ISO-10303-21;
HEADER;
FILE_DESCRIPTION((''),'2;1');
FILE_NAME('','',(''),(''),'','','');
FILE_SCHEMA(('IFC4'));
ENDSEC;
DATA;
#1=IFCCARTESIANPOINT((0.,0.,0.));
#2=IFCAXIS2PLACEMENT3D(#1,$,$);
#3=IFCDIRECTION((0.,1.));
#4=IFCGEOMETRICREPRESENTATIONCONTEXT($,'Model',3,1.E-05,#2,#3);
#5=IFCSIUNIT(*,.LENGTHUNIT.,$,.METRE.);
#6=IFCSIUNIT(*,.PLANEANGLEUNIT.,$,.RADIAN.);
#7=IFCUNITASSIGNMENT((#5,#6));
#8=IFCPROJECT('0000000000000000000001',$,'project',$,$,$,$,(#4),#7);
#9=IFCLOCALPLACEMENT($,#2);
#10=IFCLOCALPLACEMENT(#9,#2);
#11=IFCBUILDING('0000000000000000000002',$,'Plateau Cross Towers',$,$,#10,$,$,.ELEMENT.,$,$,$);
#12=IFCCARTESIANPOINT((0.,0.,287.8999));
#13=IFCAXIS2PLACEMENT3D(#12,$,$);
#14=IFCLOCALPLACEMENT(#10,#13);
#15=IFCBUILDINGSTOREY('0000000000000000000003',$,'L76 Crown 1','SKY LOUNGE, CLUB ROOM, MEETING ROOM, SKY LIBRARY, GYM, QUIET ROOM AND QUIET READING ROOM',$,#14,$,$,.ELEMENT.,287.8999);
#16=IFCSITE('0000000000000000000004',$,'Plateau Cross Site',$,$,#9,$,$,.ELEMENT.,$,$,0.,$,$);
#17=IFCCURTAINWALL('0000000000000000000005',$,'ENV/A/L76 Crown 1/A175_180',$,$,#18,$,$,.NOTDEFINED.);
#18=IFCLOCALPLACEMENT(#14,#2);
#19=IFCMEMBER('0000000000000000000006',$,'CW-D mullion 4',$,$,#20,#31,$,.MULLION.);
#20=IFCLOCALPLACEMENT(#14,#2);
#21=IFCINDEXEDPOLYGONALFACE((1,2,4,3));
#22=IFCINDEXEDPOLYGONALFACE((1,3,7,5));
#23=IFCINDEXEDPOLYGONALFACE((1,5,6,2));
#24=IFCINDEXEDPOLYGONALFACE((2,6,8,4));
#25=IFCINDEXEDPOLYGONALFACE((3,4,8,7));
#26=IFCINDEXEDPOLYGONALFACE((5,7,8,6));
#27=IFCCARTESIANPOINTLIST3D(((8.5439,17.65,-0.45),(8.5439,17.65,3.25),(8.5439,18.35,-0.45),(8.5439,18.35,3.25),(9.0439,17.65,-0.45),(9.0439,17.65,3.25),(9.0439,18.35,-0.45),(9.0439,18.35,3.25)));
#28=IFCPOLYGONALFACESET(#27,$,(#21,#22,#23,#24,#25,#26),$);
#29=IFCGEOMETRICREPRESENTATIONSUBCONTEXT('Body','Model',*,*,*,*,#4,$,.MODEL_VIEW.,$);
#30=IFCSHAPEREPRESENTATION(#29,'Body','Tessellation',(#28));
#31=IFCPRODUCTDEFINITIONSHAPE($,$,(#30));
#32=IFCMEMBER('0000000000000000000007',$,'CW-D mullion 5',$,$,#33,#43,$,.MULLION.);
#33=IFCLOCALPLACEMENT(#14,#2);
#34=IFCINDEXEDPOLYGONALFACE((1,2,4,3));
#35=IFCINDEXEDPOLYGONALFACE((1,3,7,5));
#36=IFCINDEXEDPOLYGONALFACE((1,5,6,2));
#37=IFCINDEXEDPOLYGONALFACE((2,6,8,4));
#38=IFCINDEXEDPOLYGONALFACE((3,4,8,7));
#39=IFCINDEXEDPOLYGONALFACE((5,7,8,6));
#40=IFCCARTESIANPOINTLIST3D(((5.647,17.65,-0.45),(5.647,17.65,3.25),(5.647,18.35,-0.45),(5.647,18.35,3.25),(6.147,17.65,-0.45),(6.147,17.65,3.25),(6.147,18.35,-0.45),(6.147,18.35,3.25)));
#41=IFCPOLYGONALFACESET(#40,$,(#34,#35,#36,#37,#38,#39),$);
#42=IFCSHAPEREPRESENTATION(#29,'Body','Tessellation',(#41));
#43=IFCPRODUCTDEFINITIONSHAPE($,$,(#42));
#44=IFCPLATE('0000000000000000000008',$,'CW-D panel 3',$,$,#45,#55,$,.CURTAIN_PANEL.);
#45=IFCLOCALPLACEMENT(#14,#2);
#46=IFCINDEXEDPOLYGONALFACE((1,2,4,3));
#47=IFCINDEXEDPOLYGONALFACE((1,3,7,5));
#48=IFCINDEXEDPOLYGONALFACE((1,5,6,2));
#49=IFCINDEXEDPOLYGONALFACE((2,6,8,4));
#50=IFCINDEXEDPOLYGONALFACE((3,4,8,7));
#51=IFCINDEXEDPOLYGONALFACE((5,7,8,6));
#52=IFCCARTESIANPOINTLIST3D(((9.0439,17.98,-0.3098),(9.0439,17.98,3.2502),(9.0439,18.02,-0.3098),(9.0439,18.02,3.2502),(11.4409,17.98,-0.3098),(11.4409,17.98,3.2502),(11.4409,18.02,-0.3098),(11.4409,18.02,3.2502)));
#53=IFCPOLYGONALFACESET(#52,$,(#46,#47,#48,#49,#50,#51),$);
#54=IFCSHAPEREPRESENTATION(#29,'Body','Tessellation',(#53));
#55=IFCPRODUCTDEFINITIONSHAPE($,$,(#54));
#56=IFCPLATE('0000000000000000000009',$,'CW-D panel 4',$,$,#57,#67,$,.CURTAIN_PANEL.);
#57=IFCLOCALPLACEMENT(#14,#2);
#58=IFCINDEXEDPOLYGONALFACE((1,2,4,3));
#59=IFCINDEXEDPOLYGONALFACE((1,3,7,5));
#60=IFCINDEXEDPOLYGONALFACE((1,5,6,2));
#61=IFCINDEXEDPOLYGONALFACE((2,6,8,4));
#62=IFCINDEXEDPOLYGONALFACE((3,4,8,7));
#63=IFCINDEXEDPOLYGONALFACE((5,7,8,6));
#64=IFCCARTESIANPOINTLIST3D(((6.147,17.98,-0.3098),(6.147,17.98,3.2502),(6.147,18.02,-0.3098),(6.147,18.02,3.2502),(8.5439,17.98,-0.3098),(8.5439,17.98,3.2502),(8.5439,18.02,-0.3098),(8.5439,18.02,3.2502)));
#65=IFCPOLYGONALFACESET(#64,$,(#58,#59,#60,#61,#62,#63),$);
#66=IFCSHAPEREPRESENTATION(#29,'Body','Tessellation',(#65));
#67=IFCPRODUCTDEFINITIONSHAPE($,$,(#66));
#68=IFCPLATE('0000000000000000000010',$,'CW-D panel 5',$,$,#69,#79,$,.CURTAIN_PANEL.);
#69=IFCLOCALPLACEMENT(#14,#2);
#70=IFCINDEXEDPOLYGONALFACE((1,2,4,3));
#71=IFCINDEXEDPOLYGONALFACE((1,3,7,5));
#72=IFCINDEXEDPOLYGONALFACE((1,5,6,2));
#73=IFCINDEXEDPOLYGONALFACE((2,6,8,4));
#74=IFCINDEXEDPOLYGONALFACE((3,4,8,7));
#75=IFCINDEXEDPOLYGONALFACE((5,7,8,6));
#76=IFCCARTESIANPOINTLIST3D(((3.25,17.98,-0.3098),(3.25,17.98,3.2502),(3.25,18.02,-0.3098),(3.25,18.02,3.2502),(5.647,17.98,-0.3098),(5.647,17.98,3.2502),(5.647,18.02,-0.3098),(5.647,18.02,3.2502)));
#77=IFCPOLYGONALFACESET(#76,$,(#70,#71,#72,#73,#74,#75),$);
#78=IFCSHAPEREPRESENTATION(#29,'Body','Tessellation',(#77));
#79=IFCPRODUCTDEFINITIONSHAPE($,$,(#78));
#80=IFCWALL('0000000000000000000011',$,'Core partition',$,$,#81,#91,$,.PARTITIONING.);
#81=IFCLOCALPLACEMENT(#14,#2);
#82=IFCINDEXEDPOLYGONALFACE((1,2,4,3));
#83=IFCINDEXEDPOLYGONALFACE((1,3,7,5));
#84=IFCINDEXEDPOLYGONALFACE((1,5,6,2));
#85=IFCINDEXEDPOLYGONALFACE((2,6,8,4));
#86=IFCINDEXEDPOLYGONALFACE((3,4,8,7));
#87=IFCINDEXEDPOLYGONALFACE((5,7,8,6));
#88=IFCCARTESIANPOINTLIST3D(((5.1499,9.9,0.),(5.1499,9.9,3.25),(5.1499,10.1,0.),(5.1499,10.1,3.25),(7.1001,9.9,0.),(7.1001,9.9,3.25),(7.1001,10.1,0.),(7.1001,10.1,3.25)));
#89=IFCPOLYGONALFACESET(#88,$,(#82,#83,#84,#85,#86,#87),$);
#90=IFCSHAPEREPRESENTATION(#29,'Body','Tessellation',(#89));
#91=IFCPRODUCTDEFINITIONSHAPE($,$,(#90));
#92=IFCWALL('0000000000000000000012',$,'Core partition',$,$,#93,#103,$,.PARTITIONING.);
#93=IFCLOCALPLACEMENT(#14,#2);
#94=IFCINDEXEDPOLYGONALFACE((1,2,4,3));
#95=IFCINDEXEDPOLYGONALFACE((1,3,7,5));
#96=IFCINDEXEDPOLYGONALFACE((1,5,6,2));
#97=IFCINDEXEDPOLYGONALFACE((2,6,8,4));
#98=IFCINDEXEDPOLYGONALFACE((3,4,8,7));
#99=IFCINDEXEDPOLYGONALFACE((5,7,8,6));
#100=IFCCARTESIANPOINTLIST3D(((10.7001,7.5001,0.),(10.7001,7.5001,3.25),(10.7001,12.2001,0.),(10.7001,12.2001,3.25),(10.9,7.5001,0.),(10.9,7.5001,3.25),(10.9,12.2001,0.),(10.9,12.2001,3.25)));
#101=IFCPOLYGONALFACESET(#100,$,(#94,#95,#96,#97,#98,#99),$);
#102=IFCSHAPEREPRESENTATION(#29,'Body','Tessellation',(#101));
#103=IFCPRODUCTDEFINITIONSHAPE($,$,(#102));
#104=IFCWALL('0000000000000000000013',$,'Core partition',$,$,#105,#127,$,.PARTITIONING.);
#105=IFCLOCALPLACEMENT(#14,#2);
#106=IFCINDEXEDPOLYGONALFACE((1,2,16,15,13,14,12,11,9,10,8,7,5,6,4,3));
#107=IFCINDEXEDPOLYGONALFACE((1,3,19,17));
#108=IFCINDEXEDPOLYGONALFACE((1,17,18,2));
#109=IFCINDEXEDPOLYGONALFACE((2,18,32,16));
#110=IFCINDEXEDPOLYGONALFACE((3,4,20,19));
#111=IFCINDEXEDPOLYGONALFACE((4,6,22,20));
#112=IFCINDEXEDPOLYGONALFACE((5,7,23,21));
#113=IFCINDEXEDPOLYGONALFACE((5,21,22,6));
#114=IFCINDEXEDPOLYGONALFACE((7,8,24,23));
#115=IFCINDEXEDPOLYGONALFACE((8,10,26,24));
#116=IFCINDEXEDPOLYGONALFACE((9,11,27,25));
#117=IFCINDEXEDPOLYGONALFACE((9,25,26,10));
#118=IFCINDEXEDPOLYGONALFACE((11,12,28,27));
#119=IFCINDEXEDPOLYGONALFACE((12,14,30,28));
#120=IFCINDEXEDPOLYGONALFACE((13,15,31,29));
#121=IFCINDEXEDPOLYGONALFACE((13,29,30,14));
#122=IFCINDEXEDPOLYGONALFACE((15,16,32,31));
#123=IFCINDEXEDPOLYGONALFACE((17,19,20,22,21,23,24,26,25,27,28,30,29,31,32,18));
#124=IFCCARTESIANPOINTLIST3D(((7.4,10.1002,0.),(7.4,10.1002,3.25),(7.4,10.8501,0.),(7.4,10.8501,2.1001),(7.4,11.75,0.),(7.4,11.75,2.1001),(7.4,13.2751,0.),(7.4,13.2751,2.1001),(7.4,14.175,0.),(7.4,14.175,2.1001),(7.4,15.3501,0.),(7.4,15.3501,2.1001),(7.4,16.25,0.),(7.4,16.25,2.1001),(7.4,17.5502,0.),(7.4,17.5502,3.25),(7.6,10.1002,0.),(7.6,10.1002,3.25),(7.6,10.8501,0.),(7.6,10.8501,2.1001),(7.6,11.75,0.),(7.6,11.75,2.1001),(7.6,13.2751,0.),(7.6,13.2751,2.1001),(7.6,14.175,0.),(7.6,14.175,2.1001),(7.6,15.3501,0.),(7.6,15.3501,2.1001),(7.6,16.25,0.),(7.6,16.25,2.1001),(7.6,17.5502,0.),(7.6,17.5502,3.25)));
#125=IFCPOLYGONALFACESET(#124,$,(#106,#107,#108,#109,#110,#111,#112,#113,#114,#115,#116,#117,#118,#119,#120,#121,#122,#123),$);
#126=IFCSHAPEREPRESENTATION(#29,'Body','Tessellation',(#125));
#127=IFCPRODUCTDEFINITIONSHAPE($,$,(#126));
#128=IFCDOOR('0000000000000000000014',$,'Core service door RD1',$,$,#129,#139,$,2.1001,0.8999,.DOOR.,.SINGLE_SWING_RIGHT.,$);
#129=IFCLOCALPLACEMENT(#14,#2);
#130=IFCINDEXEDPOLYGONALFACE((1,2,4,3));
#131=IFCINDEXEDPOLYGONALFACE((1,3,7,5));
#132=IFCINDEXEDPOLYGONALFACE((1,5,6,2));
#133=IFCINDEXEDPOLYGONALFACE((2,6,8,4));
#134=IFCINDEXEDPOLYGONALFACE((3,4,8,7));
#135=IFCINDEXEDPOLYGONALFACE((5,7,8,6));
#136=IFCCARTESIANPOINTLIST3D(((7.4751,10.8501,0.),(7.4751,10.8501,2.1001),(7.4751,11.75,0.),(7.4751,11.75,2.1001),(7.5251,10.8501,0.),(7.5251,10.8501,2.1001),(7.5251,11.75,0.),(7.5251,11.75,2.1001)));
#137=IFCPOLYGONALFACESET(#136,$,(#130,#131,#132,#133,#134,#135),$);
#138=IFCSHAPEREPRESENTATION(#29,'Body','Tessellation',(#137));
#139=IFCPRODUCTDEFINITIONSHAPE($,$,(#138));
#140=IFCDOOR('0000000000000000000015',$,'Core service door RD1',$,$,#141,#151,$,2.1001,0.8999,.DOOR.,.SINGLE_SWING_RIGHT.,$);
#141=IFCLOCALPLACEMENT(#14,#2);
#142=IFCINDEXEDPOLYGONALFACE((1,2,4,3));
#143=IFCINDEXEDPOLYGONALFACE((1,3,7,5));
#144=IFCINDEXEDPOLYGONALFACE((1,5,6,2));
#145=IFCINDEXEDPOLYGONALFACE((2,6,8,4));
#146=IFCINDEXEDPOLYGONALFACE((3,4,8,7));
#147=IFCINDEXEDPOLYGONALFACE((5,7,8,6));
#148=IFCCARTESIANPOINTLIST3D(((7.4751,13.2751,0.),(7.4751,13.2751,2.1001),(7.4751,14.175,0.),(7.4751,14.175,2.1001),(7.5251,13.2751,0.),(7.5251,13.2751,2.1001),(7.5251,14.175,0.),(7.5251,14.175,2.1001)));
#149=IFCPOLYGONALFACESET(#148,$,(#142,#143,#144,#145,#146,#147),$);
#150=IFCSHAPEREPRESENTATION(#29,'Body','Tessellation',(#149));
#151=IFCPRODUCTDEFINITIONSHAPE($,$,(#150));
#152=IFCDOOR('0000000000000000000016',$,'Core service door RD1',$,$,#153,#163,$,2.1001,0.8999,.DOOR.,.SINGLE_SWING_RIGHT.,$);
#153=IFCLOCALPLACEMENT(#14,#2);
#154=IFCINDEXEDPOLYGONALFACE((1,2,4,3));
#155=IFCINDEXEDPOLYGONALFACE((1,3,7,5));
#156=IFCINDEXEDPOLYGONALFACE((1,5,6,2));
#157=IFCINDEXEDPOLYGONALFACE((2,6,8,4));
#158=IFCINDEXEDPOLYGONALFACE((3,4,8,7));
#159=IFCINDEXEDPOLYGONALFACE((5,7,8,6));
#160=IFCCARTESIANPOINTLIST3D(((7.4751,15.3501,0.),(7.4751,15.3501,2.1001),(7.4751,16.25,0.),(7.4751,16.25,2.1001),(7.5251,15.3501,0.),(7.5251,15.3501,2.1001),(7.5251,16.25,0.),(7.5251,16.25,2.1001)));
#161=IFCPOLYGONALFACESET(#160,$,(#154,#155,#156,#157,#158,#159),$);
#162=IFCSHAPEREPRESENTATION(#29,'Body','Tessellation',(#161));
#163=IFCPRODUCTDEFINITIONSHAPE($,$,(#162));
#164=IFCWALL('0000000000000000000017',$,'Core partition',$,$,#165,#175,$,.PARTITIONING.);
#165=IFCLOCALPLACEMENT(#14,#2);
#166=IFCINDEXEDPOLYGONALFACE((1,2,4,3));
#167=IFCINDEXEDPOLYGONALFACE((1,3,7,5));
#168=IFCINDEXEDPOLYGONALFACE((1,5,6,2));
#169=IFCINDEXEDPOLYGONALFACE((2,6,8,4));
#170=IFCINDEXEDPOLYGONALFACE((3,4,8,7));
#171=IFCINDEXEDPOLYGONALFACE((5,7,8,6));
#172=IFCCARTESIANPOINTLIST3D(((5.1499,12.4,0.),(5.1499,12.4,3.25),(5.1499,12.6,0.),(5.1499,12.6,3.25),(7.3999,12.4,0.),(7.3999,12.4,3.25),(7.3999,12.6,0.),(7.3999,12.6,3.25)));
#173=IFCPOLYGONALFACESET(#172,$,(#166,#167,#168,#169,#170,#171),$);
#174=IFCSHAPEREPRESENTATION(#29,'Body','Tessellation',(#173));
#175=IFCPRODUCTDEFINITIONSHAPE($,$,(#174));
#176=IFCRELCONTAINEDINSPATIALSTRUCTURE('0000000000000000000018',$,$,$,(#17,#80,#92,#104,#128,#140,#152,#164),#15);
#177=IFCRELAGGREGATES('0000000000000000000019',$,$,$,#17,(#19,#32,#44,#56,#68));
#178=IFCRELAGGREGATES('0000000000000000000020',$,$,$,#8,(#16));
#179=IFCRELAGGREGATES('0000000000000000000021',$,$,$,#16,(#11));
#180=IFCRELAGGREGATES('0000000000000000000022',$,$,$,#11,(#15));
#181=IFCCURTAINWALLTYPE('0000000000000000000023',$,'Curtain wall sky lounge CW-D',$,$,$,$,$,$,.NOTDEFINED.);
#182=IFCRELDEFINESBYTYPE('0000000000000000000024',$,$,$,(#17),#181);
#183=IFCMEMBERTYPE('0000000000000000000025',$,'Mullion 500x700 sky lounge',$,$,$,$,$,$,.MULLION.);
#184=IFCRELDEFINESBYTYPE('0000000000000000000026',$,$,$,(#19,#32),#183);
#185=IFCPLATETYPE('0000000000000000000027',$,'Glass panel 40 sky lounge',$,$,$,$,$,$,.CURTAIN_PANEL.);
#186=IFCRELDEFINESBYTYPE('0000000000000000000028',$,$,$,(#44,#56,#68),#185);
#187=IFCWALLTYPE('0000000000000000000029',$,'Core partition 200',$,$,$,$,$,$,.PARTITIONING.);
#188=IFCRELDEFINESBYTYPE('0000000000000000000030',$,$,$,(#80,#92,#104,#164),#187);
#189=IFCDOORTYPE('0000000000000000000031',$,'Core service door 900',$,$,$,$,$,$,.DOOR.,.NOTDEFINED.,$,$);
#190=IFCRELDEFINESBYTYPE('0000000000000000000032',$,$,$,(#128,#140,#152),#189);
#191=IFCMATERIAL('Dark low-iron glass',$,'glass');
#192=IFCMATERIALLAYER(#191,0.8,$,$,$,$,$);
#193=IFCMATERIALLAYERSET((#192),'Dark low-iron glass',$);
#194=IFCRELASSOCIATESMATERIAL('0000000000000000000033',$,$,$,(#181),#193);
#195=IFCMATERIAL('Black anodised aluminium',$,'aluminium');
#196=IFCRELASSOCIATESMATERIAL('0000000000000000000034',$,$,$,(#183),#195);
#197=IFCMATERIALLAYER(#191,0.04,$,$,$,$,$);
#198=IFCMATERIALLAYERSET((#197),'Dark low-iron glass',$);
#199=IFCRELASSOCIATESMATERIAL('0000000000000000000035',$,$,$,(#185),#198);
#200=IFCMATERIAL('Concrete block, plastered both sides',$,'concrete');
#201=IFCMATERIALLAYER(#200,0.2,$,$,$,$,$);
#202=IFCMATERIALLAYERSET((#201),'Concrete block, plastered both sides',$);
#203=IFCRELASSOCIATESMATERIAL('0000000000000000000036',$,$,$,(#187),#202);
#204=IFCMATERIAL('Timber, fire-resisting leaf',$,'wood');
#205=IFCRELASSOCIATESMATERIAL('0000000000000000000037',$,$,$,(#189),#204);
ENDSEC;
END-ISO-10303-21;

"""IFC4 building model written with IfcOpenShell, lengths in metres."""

from ifc_helpers import new_model, si_unit, direction, frame, frame_2d, origin, origin_2d, place, context, subcontext, project, spatial, rectangle, extrude, material, layer, layer_set, material_profile, profile_set, type_object, element, fill, aggregate, save


model = new_model("IFC4")

# Units and contexts
model_context = context("Model", 3, precision=1e-05, world=origin(), true_north=direction((0.0, 1.0)))
body_context = subcontext(model_context, "Body", "Model", "MODEL_VIEW")
ifc_project = project(units=[si_unit("LENGTHUNIT", "METRE"), si_unit("PLANEANGLEUNIT", "RADIAN")], contexts=[model_context])

# Site, building, storey
site_placement = place(None, origin())
site = spatial("IfcSite", under=ifc_project, at=site_placement, Name="Plateau Cross Site", CompositionType="ELEMENT", RefElevation=0.0)
building_placement = place(site_placement, origin())
building = spatial("IfcBuilding", under=site, at=building_placement, Name="Plateau Cross Towers", CompositionType="ELEMENT")
storey_placement = place(building_placement, frame((0.0, 0.0, 287.8999)))
storey = spatial("IfcBuildingStorey", under=building, at=storey_placement, Name="L76 Crown 1", Description="SKY LOUNGE, CLUB ROOM, MEETING ROOM, SKY LIBRARY, GYM, QUIET ROOM AND QUIET READING ROOM", CompositionType="ELEMENT", Elevation=287.8999)

# Curtain wall, members, plates
ifc_material_1 = material(Name="Dark low-iron glass", Category="glass")
ifc_layer_1 = layer(ifc_material_1, 0.8)
ifc_layer_set_1 = layer_set([ifc_layer_1], Name="Dark low-iron glass")
curtain_wall_type = type_object("IfcCurtainWallType", Name="Curtain wall sky lounge CW-D", PredefinedType="NOTDEFINED", material=ifc_layer_set_1)
curtain_wall_placement = place(storey_placement, origin())
curtain_wall = element("IfcCurtainWall", 1, at=curtain_wall_placement, inside=storey, type_object=curtain_wall_type, Name="ENV/A/L76 Crown 1/A175_180", PredefinedType="NOTDEFINED")
ifc_material_2 = material(Name="Black anodised aluminium", Category="aluminium")
ifc_material_profile = material_profile(ifc_material_2, rectangle(XDim=0.5, YDim=0.7, at=origin_2d()), Name="MULLION 500x700")
ifc_profile_set = profile_set([ifc_material_profile], Name="Black anodised aluminium")
member_type = type_object("IfcMemberType", Name="Mullion 500x700 sky lounge", PredefinedType="MULLION", material=ifc_profile_set)
member_1_placement = place(storey_placement, frame((8.7939, 18.0, -0.45), z_axis=(0.0, 0.0, 1.0), x_axis=(-1.0, 0.0, 0.0)))
member_1 = element("IfcMember", 2, at=member_1_placement, type_object=member_type, Name="CW-D mullion 4", PredefinedType="MULLION", context=body_context, shape_type="SweptSolid", body=[
    extrude(rectangle(XDim=0.5, YDim=0.7, at=origin_2d()), origin(), (0.0, 0.0, 1.0), 3.7),
])
member_2_placement = place(storey_placement, frame((5.897, 18.0, -0.45), z_axis=(0.0, 0.0, 1.0), x_axis=(-1.0, 0.0, 0.0)))
member_2 = element("IfcMember", 3, at=member_2_placement, type_object=member_type, Name="CW-D mullion 5", PredefinedType="MULLION", context=body_context, shape_type="SweptSolid", body=[
    extrude(rectangle(XDim=0.5, YDim=0.7, at=origin_2d()), origin(), (0.0, 0.0, 1.0), 3.7),
])
ifc_layer_2 = layer(ifc_material_1, 0.04)
ifc_layer_set_2 = layer_set([ifc_layer_2], Name="Dark low-iron glass")
plate_type = type_object("IfcPlateType", Name="Glass panel 40 sky lounge", PredefinedType="CURTAIN_PANEL", material=ifc_layer_set_2)
plate_1_placement = place(storey_placement, frame((10.2424, 18.0, -0.3098), z_axis=(0.0, 0.0, 1.0), x_axis=(-1.0, 0.0, 0.0)))
plate_1 = element("IfcPlate", 4, at=plate_1_placement, type_object=plate_type, Name="CW-D panel 3", PredefinedType="CURTAIN_PANEL", context=body_context, shape_type="SweptSolid", body=[
    extrude(rectangle(XDim=2.397, YDim=0.04, at=origin_2d()), origin(), (0.0, 0.0, 1.0), 3.5601),
])
plate_2_placement = place(storey_placement, frame((7.3455, 18.0, -0.3098), z_axis=(0.0, 0.0, 1.0), x_axis=(-1.0, 0.0, 0.0)))
plate_2 = element("IfcPlate", 5, at=plate_2_placement, type_object=plate_type, Name="CW-D panel 4", PredefinedType="CURTAIN_PANEL", context=body_context, shape_type="SweptSolid", body=[
    extrude(rectangle(XDim=2.397, YDim=0.04, at=origin_2d()), origin(), (0.0, 0.0, 1.0), 3.5601),
])
plate_3_placement = place(storey_placement, frame((4.4485, 18.0, -0.3098), z_axis=(0.0, 0.0, 1.0), x_axis=(-1.0, 0.0, 0.0)))
plate_3 = element("IfcPlate", 6, at=plate_3_placement, type_object=plate_type, Name="CW-D panel 5", PredefinedType="CURTAIN_PANEL", context=body_context, shape_type="SweptSolid", body=[
    extrude(rectangle(XDim=2.397, YDim=0.04, at=origin_2d()), origin(), (0.0, 0.0, 1.0), 3.5601),
])
aggregate(curtain_wall, [member_1, member_2, plate_1, plate_2, plate_3])

# Walls
ifc_material_3 = material(Name="Concrete block, plastered both sides", Category="concrete")
ifc_layer_3 = layer(ifc_material_3, 0.2)
ifc_layer_set_3 = layer_set([ifc_layer_3], Name="Concrete block, plastered both sides")
wall_type_1 = type_object("IfcWallType", Name="Core partition 200", PredefinedType="PARTITIONING", material=ifc_layer_set_3)
wall_1_placement = place(storey_placement, frame((5.1499, 10.0, 0.0), z_axis=(0.0, 0.0, 1.0), x_axis=(1.0, 0.0, 0.0)))
element("IfcWall", 7, at=wall_1_placement, inside=storey, type_object=wall_type_1, Name="Core partition", PredefinedType="PARTITIONING", context=body_context, shape_type="SweptSolid", body=[
    extrude(rectangle(XDim=1.9502, YDim=0.2, at=frame_2d((0.9751, 0.0))), origin(), (0.0, 0.0, 1.0), 3.25),
])
wall_2_placement = place(storey_placement, frame((10.8, 7.5, 0.0), z_axis=(0.0, 0.0, 1.0), x_axis=(0.0, 1.0, 0.0)))
element("IfcWall", 8, at=wall_2_placement, inside=storey, type_object=wall_type_1, Name="Core partition", PredefinedType="PARTITIONING", context=body_context, shape_type="SweptSolid", body=[
    extrude(rectangle(XDim=4.7, YDim=0.2, at=frame_2d((2.3501, 0.0))), origin(), (0.0, 0.0, 1.0), 3.25),
])

# Wall, openings, doors
wall_3_placement = place(storey_placement, frame((7.5, 10.1001, 0.0), z_axis=(0.0, 0.0, 1.0), x_axis=(0.0, 1.0, 0.0)))
wall_3 = element("IfcWall", 9, at=wall_3_placement, inside=storey, type_object=wall_type_1, Name="Core partition", PredefinedType="PARTITIONING", context=body_context, shape_type="SweptSolid", body=[
    extrude(rectangle(XDim=7.45, YDim=0.2, at=frame_2d((3.7251, 0.0))), origin(), (0.0, 0.0, 1.0), 3.25),
])
opening_1_placement = place(wall_3_placement, frame((0.75, 0.0, 0.0)))
opening_1 = element("IfcOpeningElement", 10, at=opening_1_placement, cuts=wall_3, PredefinedType="OPENING", context=body_context, shape_type="SweptSolid", body=[
    extrude(rectangle(XDim=0.8999, YDim=2.1001, at=frame_2d((0.45, 1.05))), frame((0.0, 0.1099, 0.0), z_axis=(0.0, -1.0, 0.0), x_axis=(1.0, 0.0, 0.0)), (0.0, 0.0, 1.0), 0.22),
])
opening_2_placement = place(wall_3_placement, frame((3.175, 0.0, 0.0)))
opening_2 = element("IfcOpeningElement", 11, at=opening_2_placement, cuts=wall_3, PredefinedType="OPENING", context=body_context, shape_type="SweptSolid", body=[
    extrude(rectangle(XDim=0.8999, YDim=2.1001, at=frame_2d((0.45, 1.05))), frame((0.0, 0.1099, 0.0), z_axis=(0.0, -1.0, 0.0), x_axis=(1.0, 0.0, 0.0)), (0.0, 0.0, 1.0), 0.22),
])
opening_3_placement = place(wall_3_placement, frame((5.25, 0.0, 0.0)))
opening_3 = element("IfcOpeningElement", 12, at=opening_3_placement, cuts=wall_3, PredefinedType="OPENING", context=body_context, shape_type="SweptSolid", body=[
    extrude(rectangle(XDim=0.8999, YDim=2.1001, at=frame_2d((0.45, 1.05))), frame((0.0, 0.1099, 0.0), z_axis=(0.0, -1.0, 0.0), x_axis=(1.0, 0.0, 0.0)), (0.0, 0.0, 1.0), 0.22),
])
ifc_material_4 = material(Name="Timber, fire-resisting leaf", Category="wood")
door_type = type_object("IfcDoorType", Name="Core service door 900", OperationType="NOTDEFINED", PredefinedType="DOOR", material=ifc_material_4)
door_1_placement = place(opening_1_placement, origin())
door_1 = element("IfcDoor", 13, at=door_1_placement, inside=storey, type_object=door_type, Name="Core service door RD1", OperationType="SINGLE_SWING_RIGHT", OverallHeight=2.1001, OverallWidth=0.8999, PredefinedType="DOOR", context=body_context, shape_type="SweptSolid", body=[
    extrude(rectangle(XDim=0.8999, YDim=2.1001, at=frame_2d((0.45, 1.05))), frame((0.0, 0.0249, 0.0), z_axis=(0.0, -1.0, 0.0), x_axis=(1.0, 0.0, 0.0)), (0.0, 0.0, 1.0), 0.05),
])
fill(opening_1, door_1)
door_2_placement = place(opening_2_placement, origin())
door_2 = element("IfcDoor", 14, at=door_2_placement, inside=storey, type_object=door_type, Name="Core service door RD1", OperationType="SINGLE_SWING_RIGHT", OverallHeight=2.1001, OverallWidth=0.8999, PredefinedType="DOOR", context=body_context, shape_type="SweptSolid", body=[
    extrude(rectangle(XDim=0.8999, YDim=2.1001, at=frame_2d((0.45, 1.05))), frame((0.0, 0.0249, 0.0), z_axis=(0.0, -1.0, 0.0), x_axis=(1.0, 0.0, 0.0)), (0.0, 0.0, 1.0), 0.05),
])
fill(opening_2, door_2)
door_3_placement = place(opening_3_placement, origin())
door_3 = element("IfcDoor", 15, at=door_3_placement, inside=storey, type_object=door_type, Name="Core service door RD1", OperationType="SINGLE_SWING_RIGHT", OverallHeight=2.1001, OverallWidth=0.8999, PredefinedType="DOOR", context=body_context, shape_type="SweptSolid", body=[
    extrude(rectangle(XDim=0.8999, YDim=2.1001, at=frame_2d((0.45, 1.05))), frame((0.0, 0.0249, 0.0), z_axis=(0.0, -1.0, 0.0), x_axis=(1.0, 0.0, 0.0)), (0.0, 0.0, 1.0), 0.05),
])
fill(opening_3, door_3)

# Wall
for number, where, z_axis, x_axis, name in (
    (16, (5.1499, 12.5, 0.0), (0.0, 0.0, 1.0), (1.0, 0.0, 0.0), "Core partition"),
):
    element("IfcWall", number, at=place(storey_placement, frame(where, z_axis=z_axis, x_axis=x_axis)), inside=storey, type_object=wall_type_1, Name=name, PredefinedType="PARTITIONING", context=body_context, shape_type="SweptSolid", body=[
        extrude(rectangle(XDim=2.25, YDim=0.2, at=frame_2d((1.125, 0.0))), origin(), (0.0, 0.0, 1.0), 3.25),
    ])

save(model, "model.ifc")
